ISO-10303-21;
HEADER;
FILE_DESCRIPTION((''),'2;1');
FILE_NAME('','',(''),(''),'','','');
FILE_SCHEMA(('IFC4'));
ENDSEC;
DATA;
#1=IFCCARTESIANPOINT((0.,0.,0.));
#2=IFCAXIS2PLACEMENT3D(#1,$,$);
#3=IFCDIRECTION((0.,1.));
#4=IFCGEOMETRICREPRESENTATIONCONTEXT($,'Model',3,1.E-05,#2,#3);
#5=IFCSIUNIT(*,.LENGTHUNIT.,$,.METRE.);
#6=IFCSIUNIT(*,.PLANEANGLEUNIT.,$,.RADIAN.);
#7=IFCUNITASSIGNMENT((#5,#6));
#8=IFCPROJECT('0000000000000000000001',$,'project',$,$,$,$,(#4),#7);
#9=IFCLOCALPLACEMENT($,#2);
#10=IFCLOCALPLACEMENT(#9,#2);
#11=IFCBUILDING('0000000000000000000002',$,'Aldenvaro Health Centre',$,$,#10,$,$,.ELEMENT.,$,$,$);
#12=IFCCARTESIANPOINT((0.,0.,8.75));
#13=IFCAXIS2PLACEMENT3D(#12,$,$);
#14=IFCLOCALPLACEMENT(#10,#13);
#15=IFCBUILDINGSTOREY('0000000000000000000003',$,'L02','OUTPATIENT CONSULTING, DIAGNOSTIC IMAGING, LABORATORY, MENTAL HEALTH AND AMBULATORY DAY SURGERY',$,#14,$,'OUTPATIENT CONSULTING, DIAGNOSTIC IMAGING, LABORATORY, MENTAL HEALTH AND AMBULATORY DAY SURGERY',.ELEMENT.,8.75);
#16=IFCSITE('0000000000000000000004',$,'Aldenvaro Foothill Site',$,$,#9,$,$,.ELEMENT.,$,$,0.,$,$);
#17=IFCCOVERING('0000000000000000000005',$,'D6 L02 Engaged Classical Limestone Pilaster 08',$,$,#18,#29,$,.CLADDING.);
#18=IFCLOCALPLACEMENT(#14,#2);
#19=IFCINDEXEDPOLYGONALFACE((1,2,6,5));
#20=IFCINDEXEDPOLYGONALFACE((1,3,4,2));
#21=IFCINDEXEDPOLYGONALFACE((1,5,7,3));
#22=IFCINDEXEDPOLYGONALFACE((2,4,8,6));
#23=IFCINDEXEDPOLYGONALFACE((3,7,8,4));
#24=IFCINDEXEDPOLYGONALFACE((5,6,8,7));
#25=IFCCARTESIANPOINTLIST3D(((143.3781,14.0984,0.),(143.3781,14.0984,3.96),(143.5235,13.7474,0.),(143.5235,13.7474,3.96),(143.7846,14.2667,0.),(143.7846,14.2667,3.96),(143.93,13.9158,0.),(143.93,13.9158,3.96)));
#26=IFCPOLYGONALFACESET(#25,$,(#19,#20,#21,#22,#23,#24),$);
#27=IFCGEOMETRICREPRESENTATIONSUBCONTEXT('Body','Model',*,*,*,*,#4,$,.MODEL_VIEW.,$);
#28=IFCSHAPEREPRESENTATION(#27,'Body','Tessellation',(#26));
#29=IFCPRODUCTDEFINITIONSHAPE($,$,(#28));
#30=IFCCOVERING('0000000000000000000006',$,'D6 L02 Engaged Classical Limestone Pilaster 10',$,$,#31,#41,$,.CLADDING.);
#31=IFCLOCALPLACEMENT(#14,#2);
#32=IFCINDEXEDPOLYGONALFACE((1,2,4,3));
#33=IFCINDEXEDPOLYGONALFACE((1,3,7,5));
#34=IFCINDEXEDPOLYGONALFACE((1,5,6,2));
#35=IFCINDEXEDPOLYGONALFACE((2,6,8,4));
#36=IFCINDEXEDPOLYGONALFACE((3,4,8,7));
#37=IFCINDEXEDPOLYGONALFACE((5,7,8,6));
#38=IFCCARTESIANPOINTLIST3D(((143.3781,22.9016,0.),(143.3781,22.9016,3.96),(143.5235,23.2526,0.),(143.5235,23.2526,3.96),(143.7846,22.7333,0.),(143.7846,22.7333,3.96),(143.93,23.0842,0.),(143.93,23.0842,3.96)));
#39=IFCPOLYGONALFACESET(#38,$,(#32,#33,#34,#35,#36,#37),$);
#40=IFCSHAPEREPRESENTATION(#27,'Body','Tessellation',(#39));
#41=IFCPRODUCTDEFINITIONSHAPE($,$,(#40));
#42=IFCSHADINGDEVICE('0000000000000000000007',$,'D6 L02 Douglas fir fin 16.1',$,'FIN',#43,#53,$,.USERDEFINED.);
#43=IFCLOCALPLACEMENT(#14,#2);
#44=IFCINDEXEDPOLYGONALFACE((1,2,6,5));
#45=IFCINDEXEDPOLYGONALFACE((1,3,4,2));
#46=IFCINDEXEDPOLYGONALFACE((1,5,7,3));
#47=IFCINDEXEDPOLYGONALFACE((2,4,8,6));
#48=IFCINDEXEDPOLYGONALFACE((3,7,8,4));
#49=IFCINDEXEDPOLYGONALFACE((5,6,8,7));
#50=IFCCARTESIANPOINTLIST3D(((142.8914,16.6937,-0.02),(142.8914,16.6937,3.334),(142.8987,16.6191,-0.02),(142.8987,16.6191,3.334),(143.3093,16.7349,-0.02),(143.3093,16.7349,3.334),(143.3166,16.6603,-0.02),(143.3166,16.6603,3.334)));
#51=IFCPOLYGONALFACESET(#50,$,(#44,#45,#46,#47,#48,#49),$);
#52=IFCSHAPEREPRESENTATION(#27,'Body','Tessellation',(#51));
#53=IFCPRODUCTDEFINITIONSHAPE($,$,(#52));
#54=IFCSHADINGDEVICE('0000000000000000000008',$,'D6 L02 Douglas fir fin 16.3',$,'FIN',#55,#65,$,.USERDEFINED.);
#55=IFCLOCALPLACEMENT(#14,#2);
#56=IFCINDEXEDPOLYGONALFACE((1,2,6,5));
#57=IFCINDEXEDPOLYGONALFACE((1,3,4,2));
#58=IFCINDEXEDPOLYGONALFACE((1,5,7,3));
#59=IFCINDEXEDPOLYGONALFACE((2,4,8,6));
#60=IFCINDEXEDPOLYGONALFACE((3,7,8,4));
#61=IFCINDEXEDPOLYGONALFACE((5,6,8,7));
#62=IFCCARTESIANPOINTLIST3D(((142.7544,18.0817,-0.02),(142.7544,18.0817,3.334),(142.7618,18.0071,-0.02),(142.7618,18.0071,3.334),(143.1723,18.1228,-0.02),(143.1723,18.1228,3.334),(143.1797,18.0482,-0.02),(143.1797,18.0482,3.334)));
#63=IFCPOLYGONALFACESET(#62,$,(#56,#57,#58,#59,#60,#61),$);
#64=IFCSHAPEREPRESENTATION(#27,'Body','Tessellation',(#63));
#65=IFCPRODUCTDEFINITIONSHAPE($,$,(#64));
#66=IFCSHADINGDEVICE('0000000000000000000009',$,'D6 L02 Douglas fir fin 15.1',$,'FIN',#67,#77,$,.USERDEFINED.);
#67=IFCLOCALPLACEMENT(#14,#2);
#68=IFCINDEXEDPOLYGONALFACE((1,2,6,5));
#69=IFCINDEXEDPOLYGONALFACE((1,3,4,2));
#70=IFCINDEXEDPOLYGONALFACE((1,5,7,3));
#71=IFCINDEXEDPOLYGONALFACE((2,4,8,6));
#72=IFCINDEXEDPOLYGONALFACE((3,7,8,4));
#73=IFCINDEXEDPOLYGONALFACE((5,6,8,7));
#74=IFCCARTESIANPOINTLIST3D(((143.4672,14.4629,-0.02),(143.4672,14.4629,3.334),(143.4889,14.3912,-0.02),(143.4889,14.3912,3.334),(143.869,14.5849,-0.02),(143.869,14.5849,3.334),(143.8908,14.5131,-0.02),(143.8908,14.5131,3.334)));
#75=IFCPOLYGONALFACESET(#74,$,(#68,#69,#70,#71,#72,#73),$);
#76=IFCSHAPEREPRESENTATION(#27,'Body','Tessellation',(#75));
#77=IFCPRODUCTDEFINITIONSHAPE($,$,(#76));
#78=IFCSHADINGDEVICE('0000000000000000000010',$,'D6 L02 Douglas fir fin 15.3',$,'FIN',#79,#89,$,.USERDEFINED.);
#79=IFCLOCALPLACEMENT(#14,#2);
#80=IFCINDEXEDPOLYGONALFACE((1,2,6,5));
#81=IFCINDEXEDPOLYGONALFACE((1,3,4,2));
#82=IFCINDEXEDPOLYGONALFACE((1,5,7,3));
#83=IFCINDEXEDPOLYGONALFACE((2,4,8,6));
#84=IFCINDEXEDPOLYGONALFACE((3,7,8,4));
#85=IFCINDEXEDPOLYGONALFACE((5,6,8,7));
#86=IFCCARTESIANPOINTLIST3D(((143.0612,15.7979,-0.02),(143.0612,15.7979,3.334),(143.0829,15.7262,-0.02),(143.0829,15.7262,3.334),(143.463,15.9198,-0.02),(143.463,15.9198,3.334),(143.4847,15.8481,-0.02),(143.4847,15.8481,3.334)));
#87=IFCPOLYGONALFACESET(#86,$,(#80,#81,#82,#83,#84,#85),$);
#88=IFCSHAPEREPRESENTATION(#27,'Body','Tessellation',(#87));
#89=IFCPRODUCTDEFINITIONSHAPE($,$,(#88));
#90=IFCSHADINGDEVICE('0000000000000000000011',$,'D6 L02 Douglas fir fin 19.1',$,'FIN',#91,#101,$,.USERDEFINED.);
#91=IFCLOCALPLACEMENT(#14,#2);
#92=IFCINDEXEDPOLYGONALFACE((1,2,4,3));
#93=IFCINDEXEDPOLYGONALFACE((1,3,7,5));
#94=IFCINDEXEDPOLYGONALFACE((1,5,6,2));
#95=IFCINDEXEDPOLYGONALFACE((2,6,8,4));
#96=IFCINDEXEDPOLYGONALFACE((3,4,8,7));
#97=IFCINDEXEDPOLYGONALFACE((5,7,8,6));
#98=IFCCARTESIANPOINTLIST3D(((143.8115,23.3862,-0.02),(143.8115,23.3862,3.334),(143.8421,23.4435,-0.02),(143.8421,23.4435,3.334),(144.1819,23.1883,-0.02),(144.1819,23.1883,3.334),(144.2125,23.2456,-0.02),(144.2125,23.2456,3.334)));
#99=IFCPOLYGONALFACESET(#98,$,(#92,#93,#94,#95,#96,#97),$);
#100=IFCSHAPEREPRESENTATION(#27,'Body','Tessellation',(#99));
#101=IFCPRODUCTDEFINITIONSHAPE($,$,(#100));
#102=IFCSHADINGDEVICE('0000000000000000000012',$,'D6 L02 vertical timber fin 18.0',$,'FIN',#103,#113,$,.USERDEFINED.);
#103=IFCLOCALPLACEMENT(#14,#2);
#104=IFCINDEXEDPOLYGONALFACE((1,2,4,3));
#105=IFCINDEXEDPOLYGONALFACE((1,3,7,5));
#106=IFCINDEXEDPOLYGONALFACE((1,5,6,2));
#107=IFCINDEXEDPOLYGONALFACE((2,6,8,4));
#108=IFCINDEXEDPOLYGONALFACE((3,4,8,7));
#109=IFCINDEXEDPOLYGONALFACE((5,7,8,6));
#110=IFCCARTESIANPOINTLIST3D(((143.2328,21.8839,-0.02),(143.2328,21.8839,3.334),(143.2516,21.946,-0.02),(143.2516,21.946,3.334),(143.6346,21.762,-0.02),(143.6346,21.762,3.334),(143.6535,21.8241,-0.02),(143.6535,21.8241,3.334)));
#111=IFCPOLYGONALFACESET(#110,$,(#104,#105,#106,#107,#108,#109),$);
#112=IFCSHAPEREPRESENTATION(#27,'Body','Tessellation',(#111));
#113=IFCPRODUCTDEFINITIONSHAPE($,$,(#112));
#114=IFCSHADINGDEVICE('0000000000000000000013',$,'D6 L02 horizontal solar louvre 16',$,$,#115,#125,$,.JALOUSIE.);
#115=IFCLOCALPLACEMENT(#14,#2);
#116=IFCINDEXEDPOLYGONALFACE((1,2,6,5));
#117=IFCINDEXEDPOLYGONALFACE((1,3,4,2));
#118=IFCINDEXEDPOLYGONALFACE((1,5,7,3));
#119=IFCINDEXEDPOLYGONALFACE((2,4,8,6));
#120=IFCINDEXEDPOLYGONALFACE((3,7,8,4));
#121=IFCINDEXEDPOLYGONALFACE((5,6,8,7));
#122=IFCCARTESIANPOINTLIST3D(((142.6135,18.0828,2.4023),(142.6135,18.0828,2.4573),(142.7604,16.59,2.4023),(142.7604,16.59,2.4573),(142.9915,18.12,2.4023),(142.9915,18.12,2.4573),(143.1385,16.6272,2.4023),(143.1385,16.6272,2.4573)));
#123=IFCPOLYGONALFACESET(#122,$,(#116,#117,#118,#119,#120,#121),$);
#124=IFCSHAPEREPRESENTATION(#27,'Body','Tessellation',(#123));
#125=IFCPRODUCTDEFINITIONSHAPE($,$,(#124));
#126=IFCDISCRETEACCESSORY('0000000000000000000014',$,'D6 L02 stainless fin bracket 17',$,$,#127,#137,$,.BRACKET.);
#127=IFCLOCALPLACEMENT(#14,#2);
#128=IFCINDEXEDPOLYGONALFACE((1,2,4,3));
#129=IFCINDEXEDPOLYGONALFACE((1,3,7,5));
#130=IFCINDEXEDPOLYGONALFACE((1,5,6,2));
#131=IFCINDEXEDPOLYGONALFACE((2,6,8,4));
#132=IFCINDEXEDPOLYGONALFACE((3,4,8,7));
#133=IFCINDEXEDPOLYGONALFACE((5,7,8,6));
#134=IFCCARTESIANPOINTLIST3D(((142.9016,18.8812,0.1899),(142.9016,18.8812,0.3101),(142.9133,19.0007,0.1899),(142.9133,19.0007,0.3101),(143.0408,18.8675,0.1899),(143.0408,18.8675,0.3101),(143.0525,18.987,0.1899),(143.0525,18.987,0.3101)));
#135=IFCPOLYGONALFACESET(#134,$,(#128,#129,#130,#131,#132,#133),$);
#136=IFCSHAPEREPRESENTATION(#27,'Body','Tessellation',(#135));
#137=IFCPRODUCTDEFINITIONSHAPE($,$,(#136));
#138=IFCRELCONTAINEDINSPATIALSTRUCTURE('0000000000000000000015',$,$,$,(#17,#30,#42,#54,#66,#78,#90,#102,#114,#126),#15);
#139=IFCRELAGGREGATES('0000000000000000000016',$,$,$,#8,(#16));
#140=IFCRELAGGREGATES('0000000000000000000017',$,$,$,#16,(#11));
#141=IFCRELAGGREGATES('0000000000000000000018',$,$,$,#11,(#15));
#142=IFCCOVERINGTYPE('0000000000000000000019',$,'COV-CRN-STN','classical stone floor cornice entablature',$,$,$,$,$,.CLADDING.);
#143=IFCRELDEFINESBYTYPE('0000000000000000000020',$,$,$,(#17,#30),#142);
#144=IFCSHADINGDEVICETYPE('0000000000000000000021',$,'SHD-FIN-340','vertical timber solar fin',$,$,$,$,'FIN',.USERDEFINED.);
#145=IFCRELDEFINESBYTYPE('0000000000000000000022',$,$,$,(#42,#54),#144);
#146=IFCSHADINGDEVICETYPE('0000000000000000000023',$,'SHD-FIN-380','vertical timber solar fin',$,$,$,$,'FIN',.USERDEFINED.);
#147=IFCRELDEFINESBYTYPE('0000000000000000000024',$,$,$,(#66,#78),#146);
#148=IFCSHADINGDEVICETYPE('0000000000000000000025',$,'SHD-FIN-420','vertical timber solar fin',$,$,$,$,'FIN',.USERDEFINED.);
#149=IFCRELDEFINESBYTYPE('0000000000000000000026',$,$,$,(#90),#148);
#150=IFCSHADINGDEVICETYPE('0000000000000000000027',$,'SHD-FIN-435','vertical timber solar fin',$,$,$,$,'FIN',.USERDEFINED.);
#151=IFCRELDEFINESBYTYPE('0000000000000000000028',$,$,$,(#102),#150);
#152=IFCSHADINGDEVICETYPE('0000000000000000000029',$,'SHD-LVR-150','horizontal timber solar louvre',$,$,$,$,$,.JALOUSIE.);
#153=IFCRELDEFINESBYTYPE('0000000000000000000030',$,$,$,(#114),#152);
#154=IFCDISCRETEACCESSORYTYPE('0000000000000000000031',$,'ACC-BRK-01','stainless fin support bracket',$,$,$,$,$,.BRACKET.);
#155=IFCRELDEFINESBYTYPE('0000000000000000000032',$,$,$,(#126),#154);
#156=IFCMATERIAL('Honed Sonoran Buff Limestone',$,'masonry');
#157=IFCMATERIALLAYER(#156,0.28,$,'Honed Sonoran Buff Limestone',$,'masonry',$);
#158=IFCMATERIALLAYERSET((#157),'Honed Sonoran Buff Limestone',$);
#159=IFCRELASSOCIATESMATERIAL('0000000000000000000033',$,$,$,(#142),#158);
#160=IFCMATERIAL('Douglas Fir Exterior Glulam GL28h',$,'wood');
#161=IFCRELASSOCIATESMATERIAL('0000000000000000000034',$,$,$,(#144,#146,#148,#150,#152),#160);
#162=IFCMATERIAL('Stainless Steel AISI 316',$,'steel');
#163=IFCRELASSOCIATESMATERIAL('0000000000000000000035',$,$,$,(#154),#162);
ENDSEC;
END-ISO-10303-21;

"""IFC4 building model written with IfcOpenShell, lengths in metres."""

from ifc_helpers import new_model, si_unit, direction, frame, origin, origin_2d, place, context, subcontext, project, spatial, rectangle, extrude, material, layer, layer_set, type_object, element, save


model = new_model("IFC4")

# Units and contexts
model_context = context("Model", 3, precision=1e-05, world=origin(), true_north=direction((0.0, 1.0)))
body_context = subcontext(model_context, "Body", "Model", "MODEL_VIEW")
ifc_project = project(units=[si_unit("LENGTHUNIT", "METRE"), si_unit("PLANEANGLEUNIT", "RADIAN")], contexts=[model_context])

# Site, building, storey
site_placement = place(None, origin())
site = spatial("IfcSite", under=ifc_project, at=site_placement, Name="Aldenvaro Foothill Site", CompositionType="ELEMENT", RefElevation=0.0)
building_placement = place(site_placement, origin())
building = spatial("IfcBuilding", under=site, at=building_placement, Name="Aldenvaro Health Centre", CompositionType="ELEMENT")
storey_placement = place(building_placement, frame((0.0, 0.0, 8.75)))
storey = spatial("IfcBuildingStorey", under=building, at=storey_placement, Name="L02", Description="OUTPATIENT CONSULTING, DIAGNOSTIC IMAGING, LABORATORY, MENTAL HEALTH AND AMBULATORY DAY SURGERY", LongName="OUTPATIENT CONSULTING, DIAGNOSTIC IMAGING, LABORATORY, MENTAL HEALTH AND AMBULATORY DAY SURGERY", CompositionType="ELEMENT", Elevation=8.75)

# Coverings
ifc_material_1 = material(Name="Honed Sonoran Buff Limestone", Category="masonry")
ifc_layer_1 = layer(ifc_material_1, 0.28, Name="Honed Sonoran Buff Limestone", Category="masonry")
ifc_layer_set_1 = layer_set([ifc_layer_1], Name="Honed Sonoran Buff Limestone")
covering_type = type_object("IfcCoveringType", Name="COV-CRN-STN", Description="classical stone floor cornice entablature", PredefinedType="CLADDING", material=ifc_layer_set_1)
for number, where, z_axis, x_axis, name in (
    (1, (143.6541, 14.0071, 0.0), (0.0, 0.0, 1.0), (-0.923864, -0.382721, 0.0), "D6 L02 Engaged Classical Limestone Pilaster 08"),
    (2, (143.6541, 22.9929, 0.0), (0.0, 0.0, 1.0), (-0.923864, 0.382721, 0.0), "D6 L02 Engaged Classical Limestone Pilaster 10"),
):
    element("IfcCovering", number, at=place(storey_placement, frame(where, z_axis=z_axis, x_axis=x_axis)), inside=storey, type_object=covering_type, Name=name, PredefinedType="CLADDING", context=body_context, shape_type="SweptSolid", body=[
        extrude(rectangle(XDim=0.4399, YDim=0.3799, at=origin_2d()), origin(), (0.0, 0.0, 1.0), 3.96),
    ])

# Shading devices
ifc_material_2 = material(Name="Douglas Fir Exterior Glulam GL28h", Category="wood")
shading_device_type_1 = type_object("IfcShadingDeviceType", Name="SHD-FIN-340", Description="vertical timber solar fin", ElementType="FIN", PredefinedType="USERDEFINED", material=ifc_material_2)
for number, where, z_axis, x_axis, name in (
    (3, (143.104, 16.677, -0.02), (0.0, 0.0, 1.0), (-0.097997, 0.995187, 0.0), "D6 L02 Douglas fir fin 16.1"),
    (4, (142.967, 18.0649, -0.02), (0.0, 0.0, 1.0), (-0.097997, 0.995187, 0.0), "D6 L02 Douglas fir fin 16.3"),
):
    element("IfcShadingDevice", number, at=place(storey_placement, frame(where, z_axis=z_axis, x_axis=x_axis)), inside=storey, type_object=shading_device_type_1, Name=name, ObjectType="FIN", PredefinedType="USERDEFINED", context=body_context, shape_type="SweptSolid", body=[
        extrude(rectangle(XDim=0.075, YDim=0.4199, at=origin_2d()), origin(), (0.0, 0.0, 1.0), 3.354),
    ])
shading_device_type_2 = type_object("IfcShadingDeviceType", Name="SHD-FIN-380", Description="vertical timber solar fin", ElementType="FIN", PredefinedType="USERDEFINED", material=ifc_material_2)
for number, where, z_axis, x_axis, name in (
    (5, (143.679, 14.488, -0.02), (0.0, 0.0, 1.0), (-0.290343, 0.956923, 0.0), "D6 L02 Douglas fir fin 15.1"),
    (6, (143.2729, 15.823, -0.02), (0.0, 0.0, 1.0), (-0.290343, 0.956923, 0.0), "D6 L02 Douglas fir fin 15.3"),
):
    element("IfcShadingDevice", number, at=place(storey_placement, frame(where, z_axis=z_axis, x_axis=x_axis)), inside=storey, type_object=shading_device_type_2, Name=name, ObjectType="FIN", PredefinedType="USERDEFINED", context=body_context, shape_type="SweptSolid", body=[
        extrude(rectangle(XDim=0.075, YDim=0.4199, at=origin_2d()), origin(), (0.0, 0.0, 1.0), 3.354),
    ])
shading_device_type_3 = type_object("IfcShadingDeviceType", Name="SHD-FIN-420", Description="vertical timber solar fin", ElementType="FIN", PredefinedType="USERDEFINED", material=ifc_material_2)
shading_device_1_placement = place(storey_placement, frame((144.012, 23.3159, -0.02), z_axis=(0.0, 0.0, 1.0), x_axis=(0.471215, 0.882018, 0.0)))
element("IfcShadingDevice", 7, at=shading_device_1_placement, inside=storey, type_object=shading_device_type_3, Name="D6 L02 Douglas fir fin 19.1", ObjectType="FIN", PredefinedType="USERDEFINED", context=body_context, shape_type="SweptSolid", body=[
    extrude(rectangle(XDim=0.0649, YDim=0.4199, at=origin_2d()), origin(), (0.0, 0.0, 1.0), 3.354),
])
shading_device_type_4 = type_object("IfcShadingDeviceType", Name="SHD-FIN-435", Description="vertical timber solar fin", ElementType="FIN", PredefinedType="USERDEFINED", material=ifc_material_2)
shading_device_2_placement = place(storey_placement, frame((143.4431, 21.854, -0.02), z_axis=(0.0, 0.0, 1.0), x_axis=(0.290343, 0.956923, 0.0)))
element("IfcShadingDevice", 8, at=shading_device_2_placement, inside=storey, type_object=shading_device_type_4, Name="D6 L02 vertical timber fin 18.0", ObjectType="FIN", PredefinedType="USERDEFINED", context=body_context, shape_type="SweptSolid", body=[
    extrude(rectangle(XDim=0.0649, YDim=0.4199, at=origin_2d()), origin(), (0.0, 0.0, 1.0), 3.354),
])
shading_device_type_5 = type_object("IfcShadingDeviceType", Name="SHD-LVR-150", Description="horizontal timber solar louvre", PredefinedType="JALOUSIE", material=ifc_material_2)
shading_device_3_placement = place(storey_placement, frame((142.876, 17.355, 2.4023), z_axis=(0.0, 0.0, 1.0), x_axis=(-0.097997, 0.995187, 0.0)))
element("IfcShadingDevice", 9, at=shading_device_3_placement, inside=storey, type_object=shading_device_type_5, Name="D6 L02 horizontal solar louvre 16", PredefinedType="JALOUSIE", context=body_context, shape_type="SweptSolid", body=[
    extrude(rectangle(XDim=1.5, YDim=0.3799, at=origin_2d()), origin(), (0.0, 0.0, 1.0), 0.0549),
])

# Discrete accessory
ifc_material_3 = material(Name="Stainless Steel AISI 316", Category="steel")
discrete_accessory_type = type_object("IfcDiscreteAccessoryType", Name="ACC-BRK-01", Description="stainless fin support bracket", PredefinedType="BRACKET", material=ifc_material_3)
discrete_accessory_placement = place(storey_placement, frame((142.9771, 18.9341, 0.1899), z_axis=(0.0, 0.0, 1.0), x_axis=(0.097997, 0.995187, 0.0)))
element("IfcDiscreteAccessory", 10, at=discrete_accessory_placement, inside=storey, type_object=discrete_accessory_type, Name="D6 L02 stainless fin bracket 17", PredefinedType="BRACKET", context=body_context, shape_type="SweptSolid", body=[
    extrude(rectangle(XDim=0.1201, YDim=0.1399, at=origin_2d()), origin(), (0.0, 0.0, 1.0), 0.1201),
])

save(model, "model.ifc")
